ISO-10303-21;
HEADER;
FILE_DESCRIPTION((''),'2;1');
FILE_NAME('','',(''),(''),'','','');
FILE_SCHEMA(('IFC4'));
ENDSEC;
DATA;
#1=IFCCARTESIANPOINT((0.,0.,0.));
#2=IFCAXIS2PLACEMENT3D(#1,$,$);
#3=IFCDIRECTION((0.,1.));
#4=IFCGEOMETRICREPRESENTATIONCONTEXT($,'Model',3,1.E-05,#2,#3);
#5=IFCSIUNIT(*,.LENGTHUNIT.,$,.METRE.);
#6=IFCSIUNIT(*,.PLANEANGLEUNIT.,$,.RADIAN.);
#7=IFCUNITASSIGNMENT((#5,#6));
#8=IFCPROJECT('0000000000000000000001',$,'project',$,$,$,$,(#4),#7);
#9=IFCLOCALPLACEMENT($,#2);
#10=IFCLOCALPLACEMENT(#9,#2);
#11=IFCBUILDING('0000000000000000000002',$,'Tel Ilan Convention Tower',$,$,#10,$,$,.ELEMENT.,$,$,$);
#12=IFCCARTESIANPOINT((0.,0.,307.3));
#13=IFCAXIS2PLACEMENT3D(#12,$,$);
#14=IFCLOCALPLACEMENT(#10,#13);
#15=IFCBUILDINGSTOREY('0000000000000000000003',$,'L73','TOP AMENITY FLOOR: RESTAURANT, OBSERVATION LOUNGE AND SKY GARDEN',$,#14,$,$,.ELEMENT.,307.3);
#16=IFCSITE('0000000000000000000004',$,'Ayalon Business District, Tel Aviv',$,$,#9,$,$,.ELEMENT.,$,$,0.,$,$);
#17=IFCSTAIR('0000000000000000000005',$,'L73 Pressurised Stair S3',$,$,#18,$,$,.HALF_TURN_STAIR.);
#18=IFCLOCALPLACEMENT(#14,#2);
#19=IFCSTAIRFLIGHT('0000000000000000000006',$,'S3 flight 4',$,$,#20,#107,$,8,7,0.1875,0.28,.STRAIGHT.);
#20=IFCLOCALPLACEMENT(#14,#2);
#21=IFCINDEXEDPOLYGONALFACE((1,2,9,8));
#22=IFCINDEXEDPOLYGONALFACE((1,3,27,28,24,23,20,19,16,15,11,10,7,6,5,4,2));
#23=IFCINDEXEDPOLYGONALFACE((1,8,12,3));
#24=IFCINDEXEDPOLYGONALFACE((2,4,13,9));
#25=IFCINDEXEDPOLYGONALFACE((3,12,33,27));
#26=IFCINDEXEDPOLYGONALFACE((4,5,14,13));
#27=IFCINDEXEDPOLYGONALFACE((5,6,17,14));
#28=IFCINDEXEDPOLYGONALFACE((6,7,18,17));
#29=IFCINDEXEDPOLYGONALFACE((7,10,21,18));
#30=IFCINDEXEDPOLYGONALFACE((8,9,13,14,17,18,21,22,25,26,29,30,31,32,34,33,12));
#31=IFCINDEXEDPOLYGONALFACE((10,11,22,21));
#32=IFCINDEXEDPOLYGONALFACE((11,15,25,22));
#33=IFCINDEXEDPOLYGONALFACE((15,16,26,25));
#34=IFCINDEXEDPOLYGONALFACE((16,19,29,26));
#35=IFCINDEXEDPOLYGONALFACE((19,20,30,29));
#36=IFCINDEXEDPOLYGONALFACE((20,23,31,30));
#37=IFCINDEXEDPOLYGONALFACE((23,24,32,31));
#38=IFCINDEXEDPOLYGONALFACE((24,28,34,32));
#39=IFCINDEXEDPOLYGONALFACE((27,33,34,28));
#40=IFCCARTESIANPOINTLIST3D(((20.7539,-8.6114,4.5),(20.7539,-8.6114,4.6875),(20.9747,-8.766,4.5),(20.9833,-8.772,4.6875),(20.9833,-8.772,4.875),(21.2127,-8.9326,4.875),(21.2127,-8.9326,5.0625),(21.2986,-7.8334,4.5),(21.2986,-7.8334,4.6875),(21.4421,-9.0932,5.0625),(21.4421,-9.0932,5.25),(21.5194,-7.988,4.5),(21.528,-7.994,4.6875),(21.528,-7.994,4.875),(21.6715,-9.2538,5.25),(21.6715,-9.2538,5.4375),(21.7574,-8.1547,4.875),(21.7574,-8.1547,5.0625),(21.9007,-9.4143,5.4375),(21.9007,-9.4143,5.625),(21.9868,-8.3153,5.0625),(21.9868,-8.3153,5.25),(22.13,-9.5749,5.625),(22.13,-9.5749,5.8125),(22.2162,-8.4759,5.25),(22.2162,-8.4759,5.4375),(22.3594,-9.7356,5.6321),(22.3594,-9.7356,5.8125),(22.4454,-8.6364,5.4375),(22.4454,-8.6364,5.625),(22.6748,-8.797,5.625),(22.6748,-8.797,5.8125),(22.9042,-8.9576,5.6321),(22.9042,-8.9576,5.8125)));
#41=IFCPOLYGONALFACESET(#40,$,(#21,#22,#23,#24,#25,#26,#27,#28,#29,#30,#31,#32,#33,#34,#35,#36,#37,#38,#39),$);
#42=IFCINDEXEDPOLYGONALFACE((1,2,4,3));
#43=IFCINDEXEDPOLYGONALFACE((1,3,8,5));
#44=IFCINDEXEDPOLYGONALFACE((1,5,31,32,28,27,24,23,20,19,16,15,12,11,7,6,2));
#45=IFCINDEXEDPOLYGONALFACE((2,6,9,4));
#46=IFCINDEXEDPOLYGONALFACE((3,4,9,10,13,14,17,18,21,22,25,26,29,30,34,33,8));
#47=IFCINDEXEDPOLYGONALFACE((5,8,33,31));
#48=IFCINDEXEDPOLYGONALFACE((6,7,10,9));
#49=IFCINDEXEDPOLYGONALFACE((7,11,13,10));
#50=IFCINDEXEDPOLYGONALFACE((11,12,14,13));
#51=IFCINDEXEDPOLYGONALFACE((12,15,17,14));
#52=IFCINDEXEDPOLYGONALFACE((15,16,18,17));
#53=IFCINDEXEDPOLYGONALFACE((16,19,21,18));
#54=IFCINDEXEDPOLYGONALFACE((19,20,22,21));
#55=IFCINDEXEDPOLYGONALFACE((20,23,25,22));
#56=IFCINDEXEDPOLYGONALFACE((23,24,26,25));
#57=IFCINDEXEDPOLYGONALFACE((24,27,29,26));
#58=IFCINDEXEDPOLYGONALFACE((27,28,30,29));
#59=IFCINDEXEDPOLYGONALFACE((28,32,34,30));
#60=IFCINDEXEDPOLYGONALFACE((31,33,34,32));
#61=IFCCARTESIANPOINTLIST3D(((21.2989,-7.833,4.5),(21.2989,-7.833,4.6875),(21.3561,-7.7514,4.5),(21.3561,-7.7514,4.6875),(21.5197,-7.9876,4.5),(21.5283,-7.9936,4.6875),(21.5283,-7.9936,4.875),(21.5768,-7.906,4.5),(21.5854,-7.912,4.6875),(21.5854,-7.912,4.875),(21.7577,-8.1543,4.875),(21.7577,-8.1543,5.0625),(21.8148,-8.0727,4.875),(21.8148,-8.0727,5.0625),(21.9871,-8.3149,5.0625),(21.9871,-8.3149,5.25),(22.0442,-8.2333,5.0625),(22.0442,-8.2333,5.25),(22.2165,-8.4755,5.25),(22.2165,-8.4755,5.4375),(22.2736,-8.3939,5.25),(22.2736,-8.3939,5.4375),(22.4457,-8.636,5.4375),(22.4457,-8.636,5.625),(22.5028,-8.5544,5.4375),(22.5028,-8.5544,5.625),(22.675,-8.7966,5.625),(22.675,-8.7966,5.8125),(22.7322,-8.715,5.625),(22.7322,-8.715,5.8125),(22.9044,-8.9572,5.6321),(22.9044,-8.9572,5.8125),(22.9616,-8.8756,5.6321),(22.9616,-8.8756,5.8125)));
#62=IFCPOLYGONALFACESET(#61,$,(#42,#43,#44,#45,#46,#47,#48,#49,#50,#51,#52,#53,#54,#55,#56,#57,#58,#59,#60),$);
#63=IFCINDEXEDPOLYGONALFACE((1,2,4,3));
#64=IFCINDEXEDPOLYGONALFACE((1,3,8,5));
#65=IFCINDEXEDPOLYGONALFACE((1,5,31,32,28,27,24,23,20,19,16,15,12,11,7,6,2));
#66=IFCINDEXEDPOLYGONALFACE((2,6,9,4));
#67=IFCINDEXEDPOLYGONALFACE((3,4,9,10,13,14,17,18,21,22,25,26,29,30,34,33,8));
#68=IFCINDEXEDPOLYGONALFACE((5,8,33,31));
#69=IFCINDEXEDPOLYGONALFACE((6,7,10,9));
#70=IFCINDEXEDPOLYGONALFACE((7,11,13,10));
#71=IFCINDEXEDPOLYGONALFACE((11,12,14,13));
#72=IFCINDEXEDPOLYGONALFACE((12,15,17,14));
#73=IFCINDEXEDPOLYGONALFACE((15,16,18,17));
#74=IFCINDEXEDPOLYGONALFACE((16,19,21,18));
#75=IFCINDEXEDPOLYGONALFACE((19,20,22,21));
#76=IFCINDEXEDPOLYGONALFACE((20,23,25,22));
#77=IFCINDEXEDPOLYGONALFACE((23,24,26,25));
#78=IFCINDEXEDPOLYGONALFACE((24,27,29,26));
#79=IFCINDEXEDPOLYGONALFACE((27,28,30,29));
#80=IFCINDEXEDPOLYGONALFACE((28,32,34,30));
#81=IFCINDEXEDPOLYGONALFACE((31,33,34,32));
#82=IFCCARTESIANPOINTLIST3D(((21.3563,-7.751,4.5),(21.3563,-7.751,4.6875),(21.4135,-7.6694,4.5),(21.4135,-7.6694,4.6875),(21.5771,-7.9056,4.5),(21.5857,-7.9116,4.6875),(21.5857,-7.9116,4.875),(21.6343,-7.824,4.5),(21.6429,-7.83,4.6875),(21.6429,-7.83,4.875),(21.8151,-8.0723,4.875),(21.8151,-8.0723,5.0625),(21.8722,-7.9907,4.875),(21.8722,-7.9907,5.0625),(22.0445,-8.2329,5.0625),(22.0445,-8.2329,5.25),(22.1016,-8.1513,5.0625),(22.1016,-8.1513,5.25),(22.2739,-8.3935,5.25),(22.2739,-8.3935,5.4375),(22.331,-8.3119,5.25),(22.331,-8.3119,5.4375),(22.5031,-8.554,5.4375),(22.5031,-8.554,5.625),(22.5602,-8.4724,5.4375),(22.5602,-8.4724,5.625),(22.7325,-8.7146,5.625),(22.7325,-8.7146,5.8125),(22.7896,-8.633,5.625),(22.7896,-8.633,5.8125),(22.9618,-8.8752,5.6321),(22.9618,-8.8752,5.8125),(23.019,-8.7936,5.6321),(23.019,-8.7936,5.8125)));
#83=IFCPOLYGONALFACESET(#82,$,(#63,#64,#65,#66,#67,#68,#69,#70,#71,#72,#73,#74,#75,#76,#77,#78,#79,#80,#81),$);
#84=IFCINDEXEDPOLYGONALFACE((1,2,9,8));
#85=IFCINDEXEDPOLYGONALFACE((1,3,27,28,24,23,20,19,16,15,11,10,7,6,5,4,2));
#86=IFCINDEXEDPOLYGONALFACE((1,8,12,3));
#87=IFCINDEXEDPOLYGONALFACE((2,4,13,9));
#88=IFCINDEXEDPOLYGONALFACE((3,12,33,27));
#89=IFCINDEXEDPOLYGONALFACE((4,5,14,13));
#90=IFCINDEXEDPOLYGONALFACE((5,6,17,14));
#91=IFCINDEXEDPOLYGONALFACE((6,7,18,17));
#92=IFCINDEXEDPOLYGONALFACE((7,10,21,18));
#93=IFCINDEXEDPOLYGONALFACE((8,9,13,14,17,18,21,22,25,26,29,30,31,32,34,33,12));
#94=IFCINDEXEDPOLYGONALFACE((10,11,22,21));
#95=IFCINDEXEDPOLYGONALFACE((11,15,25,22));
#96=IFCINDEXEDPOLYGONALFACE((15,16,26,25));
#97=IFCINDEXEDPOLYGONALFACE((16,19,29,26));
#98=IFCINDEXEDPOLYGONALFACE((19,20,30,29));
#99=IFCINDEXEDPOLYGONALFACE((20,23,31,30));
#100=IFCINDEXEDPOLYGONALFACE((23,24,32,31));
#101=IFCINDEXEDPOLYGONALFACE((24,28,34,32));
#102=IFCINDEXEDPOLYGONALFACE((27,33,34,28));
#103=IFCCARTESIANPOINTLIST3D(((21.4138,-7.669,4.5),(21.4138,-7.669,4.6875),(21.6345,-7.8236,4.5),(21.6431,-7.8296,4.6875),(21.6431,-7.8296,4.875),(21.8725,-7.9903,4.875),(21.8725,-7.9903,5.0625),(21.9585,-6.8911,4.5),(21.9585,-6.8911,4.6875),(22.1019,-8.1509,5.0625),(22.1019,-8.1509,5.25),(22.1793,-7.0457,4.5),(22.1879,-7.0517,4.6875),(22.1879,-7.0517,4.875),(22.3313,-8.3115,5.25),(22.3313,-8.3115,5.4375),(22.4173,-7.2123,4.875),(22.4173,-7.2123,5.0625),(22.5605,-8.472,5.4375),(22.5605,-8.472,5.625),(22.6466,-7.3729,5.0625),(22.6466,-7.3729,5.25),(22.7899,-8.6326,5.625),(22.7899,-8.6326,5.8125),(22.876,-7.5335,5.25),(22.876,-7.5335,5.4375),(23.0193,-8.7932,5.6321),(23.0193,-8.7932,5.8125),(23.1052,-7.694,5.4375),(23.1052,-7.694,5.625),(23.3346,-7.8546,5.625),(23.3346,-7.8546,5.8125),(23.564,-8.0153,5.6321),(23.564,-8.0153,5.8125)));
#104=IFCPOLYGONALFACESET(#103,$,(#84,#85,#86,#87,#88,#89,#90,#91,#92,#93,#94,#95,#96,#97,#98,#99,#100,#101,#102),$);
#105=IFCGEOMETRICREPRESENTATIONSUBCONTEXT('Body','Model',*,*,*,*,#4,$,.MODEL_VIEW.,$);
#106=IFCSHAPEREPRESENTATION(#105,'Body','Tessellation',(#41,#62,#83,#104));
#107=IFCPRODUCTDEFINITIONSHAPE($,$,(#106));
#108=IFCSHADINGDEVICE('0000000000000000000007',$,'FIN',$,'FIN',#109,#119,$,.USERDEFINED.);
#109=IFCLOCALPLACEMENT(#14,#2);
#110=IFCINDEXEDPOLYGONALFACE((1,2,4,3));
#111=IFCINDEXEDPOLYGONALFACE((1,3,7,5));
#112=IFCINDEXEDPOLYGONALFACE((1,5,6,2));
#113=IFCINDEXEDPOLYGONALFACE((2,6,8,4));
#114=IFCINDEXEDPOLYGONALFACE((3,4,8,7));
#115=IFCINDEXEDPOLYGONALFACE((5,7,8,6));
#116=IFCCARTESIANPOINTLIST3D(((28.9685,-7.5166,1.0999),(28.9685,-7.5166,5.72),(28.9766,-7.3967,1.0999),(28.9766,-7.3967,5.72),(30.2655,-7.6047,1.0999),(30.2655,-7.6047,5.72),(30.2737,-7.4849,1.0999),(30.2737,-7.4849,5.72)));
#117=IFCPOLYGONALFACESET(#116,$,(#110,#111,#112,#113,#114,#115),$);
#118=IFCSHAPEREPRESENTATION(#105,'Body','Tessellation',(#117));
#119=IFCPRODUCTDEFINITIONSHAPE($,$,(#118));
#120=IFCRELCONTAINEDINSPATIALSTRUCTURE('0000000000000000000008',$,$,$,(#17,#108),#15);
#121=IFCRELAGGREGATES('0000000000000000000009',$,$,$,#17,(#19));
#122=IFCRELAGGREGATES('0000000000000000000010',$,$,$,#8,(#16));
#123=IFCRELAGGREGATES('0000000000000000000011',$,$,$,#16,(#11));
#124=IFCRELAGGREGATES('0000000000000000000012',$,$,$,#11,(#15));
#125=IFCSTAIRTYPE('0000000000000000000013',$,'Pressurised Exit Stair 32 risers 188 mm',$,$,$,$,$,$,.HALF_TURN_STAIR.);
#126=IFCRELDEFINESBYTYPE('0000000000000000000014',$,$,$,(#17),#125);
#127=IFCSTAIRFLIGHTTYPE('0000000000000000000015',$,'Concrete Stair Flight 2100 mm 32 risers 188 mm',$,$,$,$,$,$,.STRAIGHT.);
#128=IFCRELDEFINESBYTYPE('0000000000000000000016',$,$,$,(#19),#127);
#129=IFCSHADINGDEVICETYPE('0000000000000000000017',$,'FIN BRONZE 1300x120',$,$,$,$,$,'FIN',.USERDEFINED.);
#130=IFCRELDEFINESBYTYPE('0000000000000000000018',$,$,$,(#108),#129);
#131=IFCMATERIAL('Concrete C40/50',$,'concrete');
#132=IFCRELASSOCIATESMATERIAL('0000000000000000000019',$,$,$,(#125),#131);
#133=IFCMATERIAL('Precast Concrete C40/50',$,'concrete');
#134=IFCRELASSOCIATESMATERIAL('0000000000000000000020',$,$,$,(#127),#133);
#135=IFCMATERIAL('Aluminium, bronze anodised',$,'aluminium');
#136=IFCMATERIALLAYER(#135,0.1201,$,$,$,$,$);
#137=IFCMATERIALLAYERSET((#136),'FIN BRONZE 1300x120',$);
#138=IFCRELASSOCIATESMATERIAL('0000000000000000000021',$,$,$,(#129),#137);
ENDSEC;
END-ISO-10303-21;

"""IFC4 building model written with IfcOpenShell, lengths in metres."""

from ifc_helpers import new_model, si_unit, direction, frame, origin, origin_2d, place, context, subcontext, project, spatial, polyline, rectangle, outline, extrude, material, layer, layer_set, type_object, element, aggregate, save


model = new_model("IFC4")

# Units and contexts
model_context = context("Model", 3, precision=1e-05, world=origin(), true_north=direction((0.0, 1.0)))
body_context = subcontext(model_context, "Body", "Model", "MODEL_VIEW")
ifc_project = project(units=[si_unit("LENGTHUNIT", "METRE"), si_unit("PLANEANGLEUNIT", "RADIAN")], contexts=[model_context])

# Site, building, storey
site_placement = place(None, origin())
site = spatial("IfcSite", under=ifc_project, at=site_placement, Name="Ayalon Business District, Tel Aviv", CompositionType="ELEMENT", RefElevation=0.0)
building_placement = place(site_placement, origin())
building = spatial("IfcBuilding", under=site, at=building_placement, Name="Tel Ilan Convention Tower", CompositionType="ELEMENT")
storey_placement = place(building_placement, frame((0.0, 0.0, 307.3)))
storey = spatial("IfcBuildingStorey", under=building, at=storey_placement, Name="L73", Description="TOP AMENITY FLOOR: RESTAURANT, OBSERVATION LOUNGE AND SKY GARDEN", CompositionType="ELEMENT", Elevation=307.3)

# Stair, stair flight
ifc_material_1 = material(Name="Concrete C40/50", Category="concrete")
stair_type = type_object("IfcStairType", Name="Pressurised Exit Stair 32 risers 188 mm", PredefinedType="HALF_TURN_STAIR", material=ifc_material_1)
stair_placement = place(storey_placement, origin())
stair = element("IfcStair", 1, at=stair_placement, inside=storey, type_object=stair_type, Name="L73 Pressurised Stair S3", PredefinedType="HALF_TURN_STAIR")
ifc_material_2 = material(Name="Precast Concrete C40/50", Category="concrete")
stair_flight_type = type_object("IfcStairFlightType", Name="Concrete Stair Flight 2100 mm 32 risers 188 mm", PredefinedType="STRAIGHT", material=ifc_material_2)
stair_flight_1_placement = place(storey_placement, frame((21.3562, -7.7512, 4.5), z_axis=(0.0, 0.0, 1.0), x_axis=(0.819152, -0.573576, 0.0)))
stair_flight_1 = element("IfcStairFlight", 2, at=stair_flight_1_placement, type_object=stair_flight_type, Name="S3 flight 4", NumberOfRisers=8, NumberOfTreads=7, PredefinedType="STRAIGHT", RiserHeight=0.1875, TreadLength=0.28, context=body_context, shape_type="SweptSolid", body=[
    extrude(outline(polyline([(0.0, 0.0), (0.0, 0.1875), (0.28, 0.1875), (0.28, 0.375), (0.5601, 0.375), (0.5601, 0.5625), (0.8401, 0.5625), (0.8401, 0.75), (1.1201, 0.75), (1.1201, 0.9375), (1.3999, 0.9375), (1.3999, 1.125), (1.6799, 1.125), (1.6799, 1.3125), (1.96, 1.3125), (1.96, 1.5), (1.96, 1.1321), (0.2695, 0.0), (0.0, 0.0)])), frame((0.0, -0.1003, 0.0), z_axis=(0.0, -1.0, 0.0), x_axis=(1.0, 0.0, 0.0)), (0.0, 0.0, 1.0), 0.9497),
    extrude(outline(polyline([(0.0, 0.0), (0.0, 0.1875), (0.28, 0.1875), (0.28, 0.375), (0.5601, 0.375), (0.5601, 0.5625), (0.8401, 0.5625), (0.8401, 0.75), (1.1201, 0.75), (1.1201, 0.9375), (1.3999, 0.9375), (1.3999, 1.125), (1.6799, 1.125), (1.6799, 1.3125), (1.96, 1.3125), (1.96, 1.5), (1.96, 1.1321), (0.2695, 0.0), (0.0, 0.0)])), frame((0.0, -0.0002, 0.0), z_axis=(0.0, -1.0, 0.0), x_axis=(1.0, 0.0, 0.0)), (0.0, 0.0, 1.0), 0.0996),
    extrude(outline(polyline([(0.0, 0.0), (0.0, 0.1875), (0.28, 0.1875), (0.28, 0.375), (0.5601, 0.375), (0.5601, 0.5625), (0.8401, 0.5625), (0.8401, 0.75), (1.1201, 0.75), (1.1201, 0.9375), (1.3999, 0.9375), (1.3999, 1.125), (1.6799, 1.125), (1.6799, 1.3125), (1.96, 1.3125), (1.96, 1.5), (1.96, 1.1321), (0.2695, 0.0), (0.0, 0.0)])), frame((0.0, 0.0999, 0.0), z_axis=(0.0, -1.0, 0.0), x_axis=(1.0, 0.0, 0.0)), (0.0, 0.0, 1.0), 0.0996),
    extrude(outline(polyline([(0.0, 0.0), (0.0, 0.1875), (0.28, 0.1875), (0.28, 0.375), (0.5601, 0.375), (0.5601, 0.5625), (0.8401, 0.5625), (0.8401, 0.75), (1.1201, 0.75), (1.1201, 0.9375), (1.3999, 0.9375), (1.3999, 1.125), (1.6799, 1.125), (1.6799, 1.3125), (1.96, 1.3125), (1.96, 1.5), (1.96, 1.1321), (0.2695, 0.0), (0.0, 0.0)])), frame((0.0, 1.05, 0.0), z_axis=(0.0, -1.0, 0.0), x_axis=(1.0, 0.0, 0.0)), (0.0, 0.0, 1.0), 0.9497),
])
aggregate(stair, [stair_flight_1])

# Shading device
ifc_material_3 = material(Name="Aluminium, bronze anodised", Category="aluminium")
ifc_layer_1 = layer(ifc_material_3, 0.1201)
ifc_layer_set_1 = layer_set([ifc_layer_1], Name="FIN BRONZE 1300x120")
shading_device_type = type_object("IfcShadingDeviceType", Name="FIN BRONZE 1300x120", ElementType="FIN", PredefinedType="USERDEFINED", material=ifc_layer_set_1)
shading_device_placement = place(storey_placement, frame((29.6211, -7.5007, 1.0999), z_axis=(0.0, 0.0, 1.0), x_axis=(0.997697, -0.067822, 0.0)))
element("IfcShadingDevice", 3, at=shading_device_placement, inside=storey, type_object=shading_device_type, Name="FIN", ObjectType="FIN", PredefinedType="USERDEFINED", context=body_context, shape_type="SweptSolid", body=[
    extrude(rectangle(XDim=1.3, YDim=0.1201, at=origin_2d()), origin(), (0.0, 0.0, 1.0), 4.6201),
])

save(model, "model.ifc")
